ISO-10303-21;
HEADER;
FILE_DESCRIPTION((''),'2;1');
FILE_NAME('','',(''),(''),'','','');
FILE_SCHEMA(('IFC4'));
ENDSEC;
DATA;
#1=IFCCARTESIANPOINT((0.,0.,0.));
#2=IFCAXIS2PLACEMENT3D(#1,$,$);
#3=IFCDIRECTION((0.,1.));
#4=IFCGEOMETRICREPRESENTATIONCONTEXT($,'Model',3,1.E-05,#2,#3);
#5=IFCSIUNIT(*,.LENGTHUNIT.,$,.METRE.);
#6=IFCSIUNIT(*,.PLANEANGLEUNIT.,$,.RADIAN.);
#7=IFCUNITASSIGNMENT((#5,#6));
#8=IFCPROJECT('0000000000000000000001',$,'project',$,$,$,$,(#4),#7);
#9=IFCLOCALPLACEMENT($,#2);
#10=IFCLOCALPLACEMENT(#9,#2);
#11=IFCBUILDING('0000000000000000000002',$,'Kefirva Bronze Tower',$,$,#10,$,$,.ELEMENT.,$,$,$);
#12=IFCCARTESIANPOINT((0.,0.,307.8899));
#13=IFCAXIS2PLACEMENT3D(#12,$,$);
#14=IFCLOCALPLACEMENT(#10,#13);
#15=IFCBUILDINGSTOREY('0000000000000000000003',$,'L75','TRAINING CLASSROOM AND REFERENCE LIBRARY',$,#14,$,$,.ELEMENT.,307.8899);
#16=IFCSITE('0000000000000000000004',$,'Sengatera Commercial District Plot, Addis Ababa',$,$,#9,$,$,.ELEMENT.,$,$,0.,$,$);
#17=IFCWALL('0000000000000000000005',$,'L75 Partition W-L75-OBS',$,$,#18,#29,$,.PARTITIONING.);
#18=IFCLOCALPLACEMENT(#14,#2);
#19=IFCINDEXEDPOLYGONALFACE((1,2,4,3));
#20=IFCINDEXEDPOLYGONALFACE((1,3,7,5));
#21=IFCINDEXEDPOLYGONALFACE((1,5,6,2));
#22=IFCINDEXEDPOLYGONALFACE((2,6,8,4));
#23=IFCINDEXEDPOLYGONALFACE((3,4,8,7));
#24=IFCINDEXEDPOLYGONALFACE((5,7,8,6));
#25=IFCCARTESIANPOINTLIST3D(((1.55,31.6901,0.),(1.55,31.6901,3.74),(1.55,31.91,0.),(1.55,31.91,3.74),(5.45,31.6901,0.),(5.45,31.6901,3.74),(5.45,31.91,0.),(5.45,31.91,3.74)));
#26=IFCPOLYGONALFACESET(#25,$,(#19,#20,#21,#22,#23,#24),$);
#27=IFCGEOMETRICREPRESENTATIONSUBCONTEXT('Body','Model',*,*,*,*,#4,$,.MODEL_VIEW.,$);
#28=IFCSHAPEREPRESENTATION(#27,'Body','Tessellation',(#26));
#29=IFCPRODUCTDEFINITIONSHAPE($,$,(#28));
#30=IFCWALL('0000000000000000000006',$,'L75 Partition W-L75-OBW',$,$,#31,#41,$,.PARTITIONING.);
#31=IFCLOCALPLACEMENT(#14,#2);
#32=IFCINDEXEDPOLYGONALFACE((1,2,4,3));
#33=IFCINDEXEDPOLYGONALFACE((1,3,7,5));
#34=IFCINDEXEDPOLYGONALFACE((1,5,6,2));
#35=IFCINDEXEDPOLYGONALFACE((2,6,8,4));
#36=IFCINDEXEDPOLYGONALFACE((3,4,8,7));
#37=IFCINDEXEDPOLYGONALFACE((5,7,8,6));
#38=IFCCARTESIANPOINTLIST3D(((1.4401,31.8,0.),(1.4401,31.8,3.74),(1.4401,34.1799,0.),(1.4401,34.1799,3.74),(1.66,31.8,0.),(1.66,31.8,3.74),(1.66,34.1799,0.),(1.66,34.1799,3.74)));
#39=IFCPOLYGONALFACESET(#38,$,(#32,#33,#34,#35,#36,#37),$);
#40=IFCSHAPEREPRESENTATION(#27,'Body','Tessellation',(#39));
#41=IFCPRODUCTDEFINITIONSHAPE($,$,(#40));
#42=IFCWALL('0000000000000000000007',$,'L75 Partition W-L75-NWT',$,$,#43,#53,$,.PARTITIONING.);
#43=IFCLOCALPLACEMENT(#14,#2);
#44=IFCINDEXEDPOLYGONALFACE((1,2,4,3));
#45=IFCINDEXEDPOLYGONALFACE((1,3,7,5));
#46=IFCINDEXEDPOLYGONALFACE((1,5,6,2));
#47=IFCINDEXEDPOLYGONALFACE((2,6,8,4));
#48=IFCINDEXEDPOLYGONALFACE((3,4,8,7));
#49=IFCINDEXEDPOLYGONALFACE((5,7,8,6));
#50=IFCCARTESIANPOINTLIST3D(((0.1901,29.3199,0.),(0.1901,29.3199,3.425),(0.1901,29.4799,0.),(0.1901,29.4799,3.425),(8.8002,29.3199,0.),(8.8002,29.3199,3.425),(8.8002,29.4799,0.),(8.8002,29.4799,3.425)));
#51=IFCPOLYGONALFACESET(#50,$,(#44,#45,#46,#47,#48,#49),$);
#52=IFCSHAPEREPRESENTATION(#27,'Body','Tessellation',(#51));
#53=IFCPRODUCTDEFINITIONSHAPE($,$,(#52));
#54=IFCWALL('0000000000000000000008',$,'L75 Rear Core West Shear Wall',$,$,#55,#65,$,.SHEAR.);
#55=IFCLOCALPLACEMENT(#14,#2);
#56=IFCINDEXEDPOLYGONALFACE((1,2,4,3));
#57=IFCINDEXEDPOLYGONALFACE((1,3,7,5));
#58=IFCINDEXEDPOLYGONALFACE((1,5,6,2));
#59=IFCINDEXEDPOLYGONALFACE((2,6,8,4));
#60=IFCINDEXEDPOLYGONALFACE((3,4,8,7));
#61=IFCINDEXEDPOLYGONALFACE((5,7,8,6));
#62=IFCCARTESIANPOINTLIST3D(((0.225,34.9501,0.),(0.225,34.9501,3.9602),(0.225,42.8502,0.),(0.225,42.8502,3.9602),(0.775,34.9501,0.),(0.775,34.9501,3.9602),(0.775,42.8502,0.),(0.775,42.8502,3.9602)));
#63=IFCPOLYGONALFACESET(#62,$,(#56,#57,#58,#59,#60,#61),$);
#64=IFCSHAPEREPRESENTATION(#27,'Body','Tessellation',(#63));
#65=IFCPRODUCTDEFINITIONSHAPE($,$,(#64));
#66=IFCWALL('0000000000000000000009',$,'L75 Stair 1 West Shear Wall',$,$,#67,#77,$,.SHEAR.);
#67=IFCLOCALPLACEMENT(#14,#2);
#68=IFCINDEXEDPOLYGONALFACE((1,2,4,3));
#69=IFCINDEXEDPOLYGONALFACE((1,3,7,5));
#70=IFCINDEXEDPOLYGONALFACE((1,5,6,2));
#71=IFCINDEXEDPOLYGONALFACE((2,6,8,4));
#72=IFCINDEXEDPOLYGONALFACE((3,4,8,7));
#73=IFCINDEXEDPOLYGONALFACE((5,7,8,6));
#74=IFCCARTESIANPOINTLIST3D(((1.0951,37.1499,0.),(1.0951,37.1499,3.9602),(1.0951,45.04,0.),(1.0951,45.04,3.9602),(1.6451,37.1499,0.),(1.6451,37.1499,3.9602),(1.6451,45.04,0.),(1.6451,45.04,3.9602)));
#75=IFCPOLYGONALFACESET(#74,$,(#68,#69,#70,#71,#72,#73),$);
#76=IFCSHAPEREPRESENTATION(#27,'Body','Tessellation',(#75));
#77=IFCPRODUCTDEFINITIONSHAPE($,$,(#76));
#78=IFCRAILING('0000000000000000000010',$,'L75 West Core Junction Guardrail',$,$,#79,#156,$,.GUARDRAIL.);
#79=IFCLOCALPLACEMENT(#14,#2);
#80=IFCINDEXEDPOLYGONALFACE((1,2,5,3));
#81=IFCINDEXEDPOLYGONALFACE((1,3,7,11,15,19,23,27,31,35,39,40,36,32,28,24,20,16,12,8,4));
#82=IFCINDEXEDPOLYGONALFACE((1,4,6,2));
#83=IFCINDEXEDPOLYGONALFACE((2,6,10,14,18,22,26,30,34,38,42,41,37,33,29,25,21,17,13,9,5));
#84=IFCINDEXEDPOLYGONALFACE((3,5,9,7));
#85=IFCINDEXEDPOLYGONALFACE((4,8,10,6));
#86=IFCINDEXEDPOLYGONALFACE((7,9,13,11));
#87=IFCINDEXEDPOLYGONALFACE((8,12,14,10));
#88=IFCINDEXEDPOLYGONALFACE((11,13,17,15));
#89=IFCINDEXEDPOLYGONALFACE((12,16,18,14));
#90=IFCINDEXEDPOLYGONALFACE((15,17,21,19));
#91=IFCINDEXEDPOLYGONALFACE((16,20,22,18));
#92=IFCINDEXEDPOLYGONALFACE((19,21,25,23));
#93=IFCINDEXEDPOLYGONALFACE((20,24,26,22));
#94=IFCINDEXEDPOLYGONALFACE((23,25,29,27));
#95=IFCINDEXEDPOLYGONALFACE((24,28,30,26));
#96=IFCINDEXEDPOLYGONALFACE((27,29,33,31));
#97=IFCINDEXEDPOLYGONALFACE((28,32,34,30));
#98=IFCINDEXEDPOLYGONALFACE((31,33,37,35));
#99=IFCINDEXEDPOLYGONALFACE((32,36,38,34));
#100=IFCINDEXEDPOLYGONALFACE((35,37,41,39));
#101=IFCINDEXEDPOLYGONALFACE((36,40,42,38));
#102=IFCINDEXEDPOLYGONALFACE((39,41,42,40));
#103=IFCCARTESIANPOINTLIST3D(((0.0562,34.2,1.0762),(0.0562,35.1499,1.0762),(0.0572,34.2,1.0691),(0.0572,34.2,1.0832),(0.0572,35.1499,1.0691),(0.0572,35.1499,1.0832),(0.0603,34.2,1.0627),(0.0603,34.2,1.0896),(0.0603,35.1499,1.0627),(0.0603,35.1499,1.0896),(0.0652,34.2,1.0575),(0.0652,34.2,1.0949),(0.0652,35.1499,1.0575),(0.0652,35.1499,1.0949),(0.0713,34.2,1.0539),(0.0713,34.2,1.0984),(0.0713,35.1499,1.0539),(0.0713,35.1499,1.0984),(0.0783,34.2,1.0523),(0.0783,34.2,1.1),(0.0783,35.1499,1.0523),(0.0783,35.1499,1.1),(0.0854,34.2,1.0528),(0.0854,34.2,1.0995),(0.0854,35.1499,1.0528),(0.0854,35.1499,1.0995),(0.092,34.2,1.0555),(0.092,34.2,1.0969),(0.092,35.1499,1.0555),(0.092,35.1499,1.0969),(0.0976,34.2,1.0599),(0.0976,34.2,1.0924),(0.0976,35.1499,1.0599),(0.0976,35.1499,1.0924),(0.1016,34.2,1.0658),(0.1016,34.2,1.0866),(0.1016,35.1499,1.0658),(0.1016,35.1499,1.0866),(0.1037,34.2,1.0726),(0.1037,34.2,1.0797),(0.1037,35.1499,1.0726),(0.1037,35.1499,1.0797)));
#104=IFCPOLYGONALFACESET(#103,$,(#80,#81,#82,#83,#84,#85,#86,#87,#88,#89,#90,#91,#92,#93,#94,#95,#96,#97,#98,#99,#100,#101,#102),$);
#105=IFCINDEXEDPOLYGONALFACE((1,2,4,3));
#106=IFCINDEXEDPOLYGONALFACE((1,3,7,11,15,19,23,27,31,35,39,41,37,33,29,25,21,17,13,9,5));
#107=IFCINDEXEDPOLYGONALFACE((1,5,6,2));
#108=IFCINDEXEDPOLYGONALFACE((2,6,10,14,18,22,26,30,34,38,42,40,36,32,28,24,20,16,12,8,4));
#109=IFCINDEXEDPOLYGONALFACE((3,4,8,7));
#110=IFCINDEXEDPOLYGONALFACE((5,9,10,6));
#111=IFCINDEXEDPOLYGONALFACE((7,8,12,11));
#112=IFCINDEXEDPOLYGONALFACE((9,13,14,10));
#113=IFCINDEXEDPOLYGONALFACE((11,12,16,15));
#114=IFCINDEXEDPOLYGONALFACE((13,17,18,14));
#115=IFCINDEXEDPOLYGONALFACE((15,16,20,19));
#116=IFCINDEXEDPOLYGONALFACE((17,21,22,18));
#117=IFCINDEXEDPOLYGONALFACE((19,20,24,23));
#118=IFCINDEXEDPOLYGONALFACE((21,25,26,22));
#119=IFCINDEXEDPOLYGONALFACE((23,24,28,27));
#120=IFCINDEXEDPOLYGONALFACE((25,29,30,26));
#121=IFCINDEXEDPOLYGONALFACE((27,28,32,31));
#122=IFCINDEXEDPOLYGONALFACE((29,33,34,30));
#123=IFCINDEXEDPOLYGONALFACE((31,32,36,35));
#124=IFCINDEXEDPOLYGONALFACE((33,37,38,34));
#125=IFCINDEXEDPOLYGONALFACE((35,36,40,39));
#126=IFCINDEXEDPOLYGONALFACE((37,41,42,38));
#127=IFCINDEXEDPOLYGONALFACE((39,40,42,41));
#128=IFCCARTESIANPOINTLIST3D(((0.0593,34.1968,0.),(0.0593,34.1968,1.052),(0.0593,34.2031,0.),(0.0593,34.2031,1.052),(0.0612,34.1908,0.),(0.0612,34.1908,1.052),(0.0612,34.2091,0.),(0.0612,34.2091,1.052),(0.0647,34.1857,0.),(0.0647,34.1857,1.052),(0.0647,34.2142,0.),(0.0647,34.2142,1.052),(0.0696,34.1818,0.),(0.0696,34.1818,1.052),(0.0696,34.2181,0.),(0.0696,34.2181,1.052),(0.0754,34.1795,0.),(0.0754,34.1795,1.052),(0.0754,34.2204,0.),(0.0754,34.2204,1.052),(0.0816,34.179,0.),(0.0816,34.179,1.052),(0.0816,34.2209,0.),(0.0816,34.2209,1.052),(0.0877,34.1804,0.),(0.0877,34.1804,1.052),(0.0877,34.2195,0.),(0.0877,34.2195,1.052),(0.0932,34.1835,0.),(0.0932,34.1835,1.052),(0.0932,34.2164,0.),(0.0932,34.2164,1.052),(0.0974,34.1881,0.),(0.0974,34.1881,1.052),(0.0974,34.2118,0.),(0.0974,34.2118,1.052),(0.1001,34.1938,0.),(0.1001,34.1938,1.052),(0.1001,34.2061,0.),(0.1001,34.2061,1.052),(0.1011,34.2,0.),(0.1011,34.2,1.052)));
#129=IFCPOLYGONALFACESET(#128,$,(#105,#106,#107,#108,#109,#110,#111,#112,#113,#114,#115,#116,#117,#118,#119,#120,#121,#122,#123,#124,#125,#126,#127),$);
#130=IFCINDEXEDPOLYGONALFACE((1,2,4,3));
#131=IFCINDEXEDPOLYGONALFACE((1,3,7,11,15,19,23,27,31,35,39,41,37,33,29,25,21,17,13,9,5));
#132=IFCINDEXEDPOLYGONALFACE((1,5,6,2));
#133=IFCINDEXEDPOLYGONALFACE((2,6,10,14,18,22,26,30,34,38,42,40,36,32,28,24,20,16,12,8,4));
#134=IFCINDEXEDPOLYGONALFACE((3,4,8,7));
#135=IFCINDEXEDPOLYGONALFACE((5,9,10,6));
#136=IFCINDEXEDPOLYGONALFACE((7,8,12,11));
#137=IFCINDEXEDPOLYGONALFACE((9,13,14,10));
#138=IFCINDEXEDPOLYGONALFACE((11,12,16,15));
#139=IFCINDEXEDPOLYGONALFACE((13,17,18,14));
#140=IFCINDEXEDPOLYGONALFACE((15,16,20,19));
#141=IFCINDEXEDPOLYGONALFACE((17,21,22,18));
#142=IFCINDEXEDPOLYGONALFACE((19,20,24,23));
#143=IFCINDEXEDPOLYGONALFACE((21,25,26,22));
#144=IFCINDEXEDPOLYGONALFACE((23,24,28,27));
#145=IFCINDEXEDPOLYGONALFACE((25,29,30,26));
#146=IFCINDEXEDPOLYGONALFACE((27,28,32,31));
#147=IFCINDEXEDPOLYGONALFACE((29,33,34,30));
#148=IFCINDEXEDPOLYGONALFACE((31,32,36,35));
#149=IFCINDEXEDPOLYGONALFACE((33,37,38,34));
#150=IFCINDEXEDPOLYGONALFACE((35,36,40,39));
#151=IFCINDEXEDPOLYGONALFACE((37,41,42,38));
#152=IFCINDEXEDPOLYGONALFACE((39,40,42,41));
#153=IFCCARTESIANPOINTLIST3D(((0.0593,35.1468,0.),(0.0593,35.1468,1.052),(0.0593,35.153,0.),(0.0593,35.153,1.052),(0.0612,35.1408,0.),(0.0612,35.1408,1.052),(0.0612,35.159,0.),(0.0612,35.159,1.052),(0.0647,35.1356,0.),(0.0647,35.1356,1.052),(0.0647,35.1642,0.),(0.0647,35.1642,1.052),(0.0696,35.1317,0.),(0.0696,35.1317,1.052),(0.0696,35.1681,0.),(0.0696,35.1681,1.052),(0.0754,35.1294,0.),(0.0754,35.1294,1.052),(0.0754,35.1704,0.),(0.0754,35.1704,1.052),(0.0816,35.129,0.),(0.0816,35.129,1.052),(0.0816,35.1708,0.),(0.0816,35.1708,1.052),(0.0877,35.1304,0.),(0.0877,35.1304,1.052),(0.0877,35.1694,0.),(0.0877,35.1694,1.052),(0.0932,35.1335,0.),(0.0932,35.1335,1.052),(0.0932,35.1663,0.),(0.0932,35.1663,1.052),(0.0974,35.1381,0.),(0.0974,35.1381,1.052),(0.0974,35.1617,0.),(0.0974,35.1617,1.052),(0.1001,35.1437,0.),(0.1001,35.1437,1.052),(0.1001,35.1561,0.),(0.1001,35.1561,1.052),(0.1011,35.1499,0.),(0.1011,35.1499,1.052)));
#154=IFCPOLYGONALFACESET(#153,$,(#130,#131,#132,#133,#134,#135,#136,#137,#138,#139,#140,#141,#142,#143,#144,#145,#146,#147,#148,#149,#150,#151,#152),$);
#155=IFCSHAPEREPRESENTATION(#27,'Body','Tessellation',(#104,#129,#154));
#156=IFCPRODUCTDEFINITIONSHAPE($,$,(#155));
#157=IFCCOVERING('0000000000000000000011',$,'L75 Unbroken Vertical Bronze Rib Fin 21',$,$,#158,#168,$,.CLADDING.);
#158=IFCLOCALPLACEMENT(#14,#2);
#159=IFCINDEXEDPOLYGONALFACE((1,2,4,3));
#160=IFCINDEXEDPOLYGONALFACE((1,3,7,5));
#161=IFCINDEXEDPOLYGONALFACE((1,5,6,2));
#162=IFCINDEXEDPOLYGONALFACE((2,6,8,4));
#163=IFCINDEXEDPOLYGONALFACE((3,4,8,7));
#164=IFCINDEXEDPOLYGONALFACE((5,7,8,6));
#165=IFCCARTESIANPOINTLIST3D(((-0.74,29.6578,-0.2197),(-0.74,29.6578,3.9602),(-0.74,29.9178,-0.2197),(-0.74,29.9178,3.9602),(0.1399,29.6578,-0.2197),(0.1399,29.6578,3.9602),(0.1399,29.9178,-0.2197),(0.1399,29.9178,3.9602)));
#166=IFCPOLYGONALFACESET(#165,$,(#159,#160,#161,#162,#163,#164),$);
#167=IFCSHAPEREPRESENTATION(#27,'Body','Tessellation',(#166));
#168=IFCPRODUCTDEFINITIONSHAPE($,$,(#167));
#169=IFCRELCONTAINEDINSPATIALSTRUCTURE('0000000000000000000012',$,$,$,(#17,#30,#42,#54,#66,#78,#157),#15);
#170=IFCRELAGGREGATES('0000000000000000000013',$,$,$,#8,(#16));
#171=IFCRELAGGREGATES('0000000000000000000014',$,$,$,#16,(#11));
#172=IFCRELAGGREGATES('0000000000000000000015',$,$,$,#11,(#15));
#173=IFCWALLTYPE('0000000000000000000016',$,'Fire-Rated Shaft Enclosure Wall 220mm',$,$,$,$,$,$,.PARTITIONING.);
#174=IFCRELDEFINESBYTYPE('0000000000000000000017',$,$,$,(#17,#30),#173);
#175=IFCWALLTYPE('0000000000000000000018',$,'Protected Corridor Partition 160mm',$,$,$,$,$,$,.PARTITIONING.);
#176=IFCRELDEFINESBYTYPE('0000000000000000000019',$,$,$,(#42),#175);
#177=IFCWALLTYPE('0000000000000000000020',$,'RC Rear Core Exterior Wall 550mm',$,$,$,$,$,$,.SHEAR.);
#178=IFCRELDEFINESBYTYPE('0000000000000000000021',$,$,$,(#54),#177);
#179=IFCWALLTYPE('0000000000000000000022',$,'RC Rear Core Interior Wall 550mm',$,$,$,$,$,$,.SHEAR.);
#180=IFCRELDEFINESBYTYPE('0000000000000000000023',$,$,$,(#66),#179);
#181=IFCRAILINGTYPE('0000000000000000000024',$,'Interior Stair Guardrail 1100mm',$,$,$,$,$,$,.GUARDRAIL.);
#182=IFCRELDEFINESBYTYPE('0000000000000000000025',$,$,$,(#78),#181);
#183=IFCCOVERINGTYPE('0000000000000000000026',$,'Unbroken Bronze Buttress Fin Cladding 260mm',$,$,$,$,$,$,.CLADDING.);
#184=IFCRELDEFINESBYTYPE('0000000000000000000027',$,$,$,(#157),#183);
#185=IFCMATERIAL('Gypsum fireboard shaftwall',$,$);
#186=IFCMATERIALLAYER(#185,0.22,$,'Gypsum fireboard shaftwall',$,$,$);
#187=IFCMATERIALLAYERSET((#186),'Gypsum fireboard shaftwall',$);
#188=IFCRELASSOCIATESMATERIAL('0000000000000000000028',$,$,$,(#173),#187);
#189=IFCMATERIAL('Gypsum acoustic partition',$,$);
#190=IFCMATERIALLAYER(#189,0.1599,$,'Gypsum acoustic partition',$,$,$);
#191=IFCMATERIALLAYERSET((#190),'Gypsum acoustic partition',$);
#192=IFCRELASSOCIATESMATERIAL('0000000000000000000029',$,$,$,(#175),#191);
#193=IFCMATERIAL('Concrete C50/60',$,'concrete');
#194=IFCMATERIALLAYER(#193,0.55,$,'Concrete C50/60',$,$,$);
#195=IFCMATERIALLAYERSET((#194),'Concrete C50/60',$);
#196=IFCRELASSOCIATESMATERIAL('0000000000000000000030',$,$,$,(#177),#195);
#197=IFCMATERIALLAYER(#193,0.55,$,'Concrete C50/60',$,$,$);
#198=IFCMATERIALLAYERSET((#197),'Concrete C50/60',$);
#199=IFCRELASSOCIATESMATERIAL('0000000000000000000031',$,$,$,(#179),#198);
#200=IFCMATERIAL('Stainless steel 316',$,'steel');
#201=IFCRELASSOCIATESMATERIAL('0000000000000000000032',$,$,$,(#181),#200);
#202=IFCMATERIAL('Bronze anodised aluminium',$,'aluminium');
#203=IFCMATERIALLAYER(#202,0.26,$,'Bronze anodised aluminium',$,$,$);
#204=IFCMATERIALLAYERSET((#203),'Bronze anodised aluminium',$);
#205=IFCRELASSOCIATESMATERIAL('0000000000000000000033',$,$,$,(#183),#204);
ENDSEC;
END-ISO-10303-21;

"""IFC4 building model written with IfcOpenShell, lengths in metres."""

from ifc_helpers import new_model, si_unit, direction, frame, frame_2d, origin, origin_2d, place, context, subcontext, project, spatial, rectangle, circle, extrude, material, layer, layer_set, type_object, element, save


model = new_model("IFC4")

# Units and contexts
model_context = context("Model", 3, precision=1e-05, world=origin(), true_north=direction((0.0, 1.0)))
body_context = subcontext(model_context, "Body", "Model", "MODEL_VIEW")
ifc_project = project(units=[si_unit("LENGTHUNIT", "METRE"), si_unit("PLANEANGLEUNIT", "RADIAN")], contexts=[model_context])

# Site, building, storey
site_placement = place(None, origin())
site = spatial("IfcSite", under=ifc_project, at=site_placement, Name="Sengatera Commercial District Plot, Addis Ababa", CompositionType="ELEMENT", RefElevation=0.0)
building_placement = place(site_placement, origin())
building = spatial("IfcBuilding", under=site, at=building_placement, Name="Kefirva Bronze Tower", CompositionType="ELEMENT")
storey_placement = place(building_placement, frame((0.0, 0.0, 307.8899)))
storey = spatial("IfcBuildingStorey", under=building, at=storey_placement, Name="L75", Description="TRAINING CLASSROOM AND REFERENCE LIBRARY", CompositionType="ELEMENT", Elevation=307.8899)

# Shared definitions
ifc_material_1 = material(Name="Concrete C50/60", Category="concrete")

# Shared definitions
ifc_material_2 = material(Name="Bronze anodised aluminium", Category="aluminium")

# Walls
ifc_material_3 = material(Name="Gypsum fireboard shaftwall")
ifc_layer_1 = layer(ifc_material_3, 0.22, Name="Gypsum fireboard shaftwall")
ifc_layer_set_1 = layer_set([ifc_layer_1], Name="Gypsum fireboard shaftwall")
wall_type_1 = type_object("IfcWallType", Name="Fire-Rated Shaft Enclosure Wall 220mm", PredefinedType="PARTITIONING", material=ifc_layer_set_1)
wall_1_placement = place(storey_placement, frame((1.55, 31.8, 0.0), z_axis=(0.0, 0.0, 1.0), x_axis=(1.0, 0.0, 0.0)))
element("IfcWall", 1, at=wall_1_placement, inside=storey, type_object=wall_type_1, Name="L75 Partition W-L75-OBS", PredefinedType="PARTITIONING", context=body_context, shape_type="SweptSolid", body=[
    extrude(rectangle(XDim=3.8999, YDim=0.22, at=frame_2d((1.95, 0.0))), origin(), (0.0, 0.0, 1.0), 3.74),
])
wall_2_placement = place(storey_placement, frame((1.55, 31.8, 0.0), z_axis=(0.0, 0.0, 1.0), x_axis=(0.0, 1.0, 0.0)))
element("IfcWall", 2, at=wall_2_placement, inside=storey, type_object=wall_type_1, Name="L75 Partition W-L75-OBW", PredefinedType="PARTITIONING", context=body_context, shape_type="SweptSolid", body=[
    extrude(rectangle(XDim=2.3799, YDim=0.22, at=frame_2d((1.1899, 0.0))), origin(), (0.0, 0.0, 1.0), 3.74),
])
ifc_material_4 = material(Name="Gypsum acoustic partition")
ifc_layer_2 = layer(ifc_material_4, 0.1599, Name="Gypsum acoustic partition")
ifc_layer_set_2 = layer_set([ifc_layer_2], Name="Gypsum acoustic partition")
wall_type_2 = type_object("IfcWallType", Name="Protected Corridor Partition 160mm", PredefinedType="PARTITIONING", material=ifc_layer_set_2)
wall_3_placement = place(storey_placement, frame((0.1899, 29.3999, 0.0), z_axis=(0.0, 0.0, 1.0), x_axis=(1.0, 0.0, 0.0)))
element("IfcWall", 3, at=wall_3_placement, inside=storey, type_object=wall_type_2, Name="L75 Partition W-L75-NWT", PredefinedType="PARTITIONING", context=body_context, shape_type="SweptSolid", body=[
    extrude(rectangle(XDim=8.6101, YDim=0.1599, at=frame_2d((4.3052, 0.0))), origin(), (0.0, 0.0, 1.0), 3.425),
])
ifc_layer_3 = layer(ifc_material_1, 0.55, Name="Concrete C50/60")
ifc_layer_set_3 = layer_set([ifc_layer_3], Name="Concrete C50/60")
wall_type_3 = type_object("IfcWallType", Name="RC Rear Core Exterior Wall 550mm", PredefinedType="SHEAR", material=ifc_layer_set_3)
wall_4_placement = place(storey_placement, frame((0.5, 34.95, 0.0), z_axis=(0.0, 0.0, 1.0), x_axis=(0.0, 1.0, 0.0)))
element("IfcWall", 4, at=wall_4_placement, inside=storey, type_object=wall_type_3, Name="L75 Rear Core West Shear Wall", PredefinedType="SHEAR", context=body_context, shape_type="SweptSolid", body=[
    extrude(rectangle(XDim=7.9001, YDim=0.55, at=frame_2d((3.9502, 0.0))), origin(), (0.0, 0.0, 1.0), 3.9602),
])

# Shared definitions
ifc_layer_4 = layer(ifc_material_1, 0.55, Name="Concrete C50/60")
ifc_layer_set_4 = layer_set([ifc_layer_4], Name="Concrete C50/60")
wall_type_4 = type_object("IfcWallType", Name="RC Rear Core Interior Wall 550mm", PredefinedType="SHEAR", material=ifc_layer_set_4)

# Wall
wall_5_placement = place(storey_placement, frame((1.3701, 37.1499, 0.0), z_axis=(0.0, 0.0, 1.0), x_axis=(0.0, 1.0, 0.0)))
element("IfcWall", 5, at=wall_5_placement, inside=storey, type_object=wall_type_4, Name="L75 Stair 1 West Shear Wall", PredefinedType="SHEAR", context=body_context, shape_type="SweptSolid", body=[
    extrude(rectangle(XDim=7.8901, YDim=0.55, at=frame_2d((3.9451, 0.0))), origin(), (0.0, 0.0, 1.0), 3.9602),
])

# Railing
ifc_material_5 = material(Name="Stainless steel 316", Category="steel")
railing_type = type_object("IfcRailingType", Name="Interior Stair Guardrail 1100mm", PredefinedType="GUARDRAIL", material=ifc_material_5)
railing_placement = place(storey_placement, frame((0.0801, 34.2, 0.0)))
element("IfcRailing", 6, at=railing_placement, inside=storey, type_object=railing_type, Name="L75 West Core Junction Guardrail", PredefinedType="GUARDRAIL", context=body_context, shape_type="SweptSolid", body=[
    extrude(circle(Radius=0.0239, at=origin_2d()), frame((0.0, 0.0, 1.0762), z_axis=(0.0, 1.0, 0.0), x_axis=(-1.0, 0.0, 0.0)), (0.0, 0.0, 1.0), 0.95),
    extrude(circle(Radius=0.021, at=origin_2d()), origin(), (0.0, 0.0, 1.0), 1.052),
    extrude(circle(Radius=0.021, at=origin_2d()), frame((0.0, 0.95, 0.0)), (0.0, 0.0, 1.0), 1.052),
])

# Covering
ifc_layer_5 = layer(ifc_material_2, 0.26, Name="Bronze anodised aluminium")
ifc_layer_set_5 = layer_set([ifc_layer_5], Name="Bronze anodised aluminium")
covering_type = type_object("IfcCoveringType", Name="Unbroken Bronze Buttress Fin Cladding 260mm", PredefinedType="CLADDING", material=ifc_layer_set_5)
covering_placement = place(storey_placement, frame((-0.3, 29.7878, -0.2197), z_axis=(0.0, 0.0, 1.0), x_axis=(0.0, -1.0, 0.0)))
element("IfcCovering", 7, at=covering_placement, inside=storey, type_object=covering_type, Name="L75 Unbroken Vertical Bronze Rib Fin 21", PredefinedType="CLADDING", context=body_context, shape_type="SweptSolid", body=[
    extrude(rectangle(XDim=0.26, YDim=0.8799, at=origin_2d()), origin(), (0.0, 0.0, 1.0), 4.1799),
])

save(model, "model.ifc")
